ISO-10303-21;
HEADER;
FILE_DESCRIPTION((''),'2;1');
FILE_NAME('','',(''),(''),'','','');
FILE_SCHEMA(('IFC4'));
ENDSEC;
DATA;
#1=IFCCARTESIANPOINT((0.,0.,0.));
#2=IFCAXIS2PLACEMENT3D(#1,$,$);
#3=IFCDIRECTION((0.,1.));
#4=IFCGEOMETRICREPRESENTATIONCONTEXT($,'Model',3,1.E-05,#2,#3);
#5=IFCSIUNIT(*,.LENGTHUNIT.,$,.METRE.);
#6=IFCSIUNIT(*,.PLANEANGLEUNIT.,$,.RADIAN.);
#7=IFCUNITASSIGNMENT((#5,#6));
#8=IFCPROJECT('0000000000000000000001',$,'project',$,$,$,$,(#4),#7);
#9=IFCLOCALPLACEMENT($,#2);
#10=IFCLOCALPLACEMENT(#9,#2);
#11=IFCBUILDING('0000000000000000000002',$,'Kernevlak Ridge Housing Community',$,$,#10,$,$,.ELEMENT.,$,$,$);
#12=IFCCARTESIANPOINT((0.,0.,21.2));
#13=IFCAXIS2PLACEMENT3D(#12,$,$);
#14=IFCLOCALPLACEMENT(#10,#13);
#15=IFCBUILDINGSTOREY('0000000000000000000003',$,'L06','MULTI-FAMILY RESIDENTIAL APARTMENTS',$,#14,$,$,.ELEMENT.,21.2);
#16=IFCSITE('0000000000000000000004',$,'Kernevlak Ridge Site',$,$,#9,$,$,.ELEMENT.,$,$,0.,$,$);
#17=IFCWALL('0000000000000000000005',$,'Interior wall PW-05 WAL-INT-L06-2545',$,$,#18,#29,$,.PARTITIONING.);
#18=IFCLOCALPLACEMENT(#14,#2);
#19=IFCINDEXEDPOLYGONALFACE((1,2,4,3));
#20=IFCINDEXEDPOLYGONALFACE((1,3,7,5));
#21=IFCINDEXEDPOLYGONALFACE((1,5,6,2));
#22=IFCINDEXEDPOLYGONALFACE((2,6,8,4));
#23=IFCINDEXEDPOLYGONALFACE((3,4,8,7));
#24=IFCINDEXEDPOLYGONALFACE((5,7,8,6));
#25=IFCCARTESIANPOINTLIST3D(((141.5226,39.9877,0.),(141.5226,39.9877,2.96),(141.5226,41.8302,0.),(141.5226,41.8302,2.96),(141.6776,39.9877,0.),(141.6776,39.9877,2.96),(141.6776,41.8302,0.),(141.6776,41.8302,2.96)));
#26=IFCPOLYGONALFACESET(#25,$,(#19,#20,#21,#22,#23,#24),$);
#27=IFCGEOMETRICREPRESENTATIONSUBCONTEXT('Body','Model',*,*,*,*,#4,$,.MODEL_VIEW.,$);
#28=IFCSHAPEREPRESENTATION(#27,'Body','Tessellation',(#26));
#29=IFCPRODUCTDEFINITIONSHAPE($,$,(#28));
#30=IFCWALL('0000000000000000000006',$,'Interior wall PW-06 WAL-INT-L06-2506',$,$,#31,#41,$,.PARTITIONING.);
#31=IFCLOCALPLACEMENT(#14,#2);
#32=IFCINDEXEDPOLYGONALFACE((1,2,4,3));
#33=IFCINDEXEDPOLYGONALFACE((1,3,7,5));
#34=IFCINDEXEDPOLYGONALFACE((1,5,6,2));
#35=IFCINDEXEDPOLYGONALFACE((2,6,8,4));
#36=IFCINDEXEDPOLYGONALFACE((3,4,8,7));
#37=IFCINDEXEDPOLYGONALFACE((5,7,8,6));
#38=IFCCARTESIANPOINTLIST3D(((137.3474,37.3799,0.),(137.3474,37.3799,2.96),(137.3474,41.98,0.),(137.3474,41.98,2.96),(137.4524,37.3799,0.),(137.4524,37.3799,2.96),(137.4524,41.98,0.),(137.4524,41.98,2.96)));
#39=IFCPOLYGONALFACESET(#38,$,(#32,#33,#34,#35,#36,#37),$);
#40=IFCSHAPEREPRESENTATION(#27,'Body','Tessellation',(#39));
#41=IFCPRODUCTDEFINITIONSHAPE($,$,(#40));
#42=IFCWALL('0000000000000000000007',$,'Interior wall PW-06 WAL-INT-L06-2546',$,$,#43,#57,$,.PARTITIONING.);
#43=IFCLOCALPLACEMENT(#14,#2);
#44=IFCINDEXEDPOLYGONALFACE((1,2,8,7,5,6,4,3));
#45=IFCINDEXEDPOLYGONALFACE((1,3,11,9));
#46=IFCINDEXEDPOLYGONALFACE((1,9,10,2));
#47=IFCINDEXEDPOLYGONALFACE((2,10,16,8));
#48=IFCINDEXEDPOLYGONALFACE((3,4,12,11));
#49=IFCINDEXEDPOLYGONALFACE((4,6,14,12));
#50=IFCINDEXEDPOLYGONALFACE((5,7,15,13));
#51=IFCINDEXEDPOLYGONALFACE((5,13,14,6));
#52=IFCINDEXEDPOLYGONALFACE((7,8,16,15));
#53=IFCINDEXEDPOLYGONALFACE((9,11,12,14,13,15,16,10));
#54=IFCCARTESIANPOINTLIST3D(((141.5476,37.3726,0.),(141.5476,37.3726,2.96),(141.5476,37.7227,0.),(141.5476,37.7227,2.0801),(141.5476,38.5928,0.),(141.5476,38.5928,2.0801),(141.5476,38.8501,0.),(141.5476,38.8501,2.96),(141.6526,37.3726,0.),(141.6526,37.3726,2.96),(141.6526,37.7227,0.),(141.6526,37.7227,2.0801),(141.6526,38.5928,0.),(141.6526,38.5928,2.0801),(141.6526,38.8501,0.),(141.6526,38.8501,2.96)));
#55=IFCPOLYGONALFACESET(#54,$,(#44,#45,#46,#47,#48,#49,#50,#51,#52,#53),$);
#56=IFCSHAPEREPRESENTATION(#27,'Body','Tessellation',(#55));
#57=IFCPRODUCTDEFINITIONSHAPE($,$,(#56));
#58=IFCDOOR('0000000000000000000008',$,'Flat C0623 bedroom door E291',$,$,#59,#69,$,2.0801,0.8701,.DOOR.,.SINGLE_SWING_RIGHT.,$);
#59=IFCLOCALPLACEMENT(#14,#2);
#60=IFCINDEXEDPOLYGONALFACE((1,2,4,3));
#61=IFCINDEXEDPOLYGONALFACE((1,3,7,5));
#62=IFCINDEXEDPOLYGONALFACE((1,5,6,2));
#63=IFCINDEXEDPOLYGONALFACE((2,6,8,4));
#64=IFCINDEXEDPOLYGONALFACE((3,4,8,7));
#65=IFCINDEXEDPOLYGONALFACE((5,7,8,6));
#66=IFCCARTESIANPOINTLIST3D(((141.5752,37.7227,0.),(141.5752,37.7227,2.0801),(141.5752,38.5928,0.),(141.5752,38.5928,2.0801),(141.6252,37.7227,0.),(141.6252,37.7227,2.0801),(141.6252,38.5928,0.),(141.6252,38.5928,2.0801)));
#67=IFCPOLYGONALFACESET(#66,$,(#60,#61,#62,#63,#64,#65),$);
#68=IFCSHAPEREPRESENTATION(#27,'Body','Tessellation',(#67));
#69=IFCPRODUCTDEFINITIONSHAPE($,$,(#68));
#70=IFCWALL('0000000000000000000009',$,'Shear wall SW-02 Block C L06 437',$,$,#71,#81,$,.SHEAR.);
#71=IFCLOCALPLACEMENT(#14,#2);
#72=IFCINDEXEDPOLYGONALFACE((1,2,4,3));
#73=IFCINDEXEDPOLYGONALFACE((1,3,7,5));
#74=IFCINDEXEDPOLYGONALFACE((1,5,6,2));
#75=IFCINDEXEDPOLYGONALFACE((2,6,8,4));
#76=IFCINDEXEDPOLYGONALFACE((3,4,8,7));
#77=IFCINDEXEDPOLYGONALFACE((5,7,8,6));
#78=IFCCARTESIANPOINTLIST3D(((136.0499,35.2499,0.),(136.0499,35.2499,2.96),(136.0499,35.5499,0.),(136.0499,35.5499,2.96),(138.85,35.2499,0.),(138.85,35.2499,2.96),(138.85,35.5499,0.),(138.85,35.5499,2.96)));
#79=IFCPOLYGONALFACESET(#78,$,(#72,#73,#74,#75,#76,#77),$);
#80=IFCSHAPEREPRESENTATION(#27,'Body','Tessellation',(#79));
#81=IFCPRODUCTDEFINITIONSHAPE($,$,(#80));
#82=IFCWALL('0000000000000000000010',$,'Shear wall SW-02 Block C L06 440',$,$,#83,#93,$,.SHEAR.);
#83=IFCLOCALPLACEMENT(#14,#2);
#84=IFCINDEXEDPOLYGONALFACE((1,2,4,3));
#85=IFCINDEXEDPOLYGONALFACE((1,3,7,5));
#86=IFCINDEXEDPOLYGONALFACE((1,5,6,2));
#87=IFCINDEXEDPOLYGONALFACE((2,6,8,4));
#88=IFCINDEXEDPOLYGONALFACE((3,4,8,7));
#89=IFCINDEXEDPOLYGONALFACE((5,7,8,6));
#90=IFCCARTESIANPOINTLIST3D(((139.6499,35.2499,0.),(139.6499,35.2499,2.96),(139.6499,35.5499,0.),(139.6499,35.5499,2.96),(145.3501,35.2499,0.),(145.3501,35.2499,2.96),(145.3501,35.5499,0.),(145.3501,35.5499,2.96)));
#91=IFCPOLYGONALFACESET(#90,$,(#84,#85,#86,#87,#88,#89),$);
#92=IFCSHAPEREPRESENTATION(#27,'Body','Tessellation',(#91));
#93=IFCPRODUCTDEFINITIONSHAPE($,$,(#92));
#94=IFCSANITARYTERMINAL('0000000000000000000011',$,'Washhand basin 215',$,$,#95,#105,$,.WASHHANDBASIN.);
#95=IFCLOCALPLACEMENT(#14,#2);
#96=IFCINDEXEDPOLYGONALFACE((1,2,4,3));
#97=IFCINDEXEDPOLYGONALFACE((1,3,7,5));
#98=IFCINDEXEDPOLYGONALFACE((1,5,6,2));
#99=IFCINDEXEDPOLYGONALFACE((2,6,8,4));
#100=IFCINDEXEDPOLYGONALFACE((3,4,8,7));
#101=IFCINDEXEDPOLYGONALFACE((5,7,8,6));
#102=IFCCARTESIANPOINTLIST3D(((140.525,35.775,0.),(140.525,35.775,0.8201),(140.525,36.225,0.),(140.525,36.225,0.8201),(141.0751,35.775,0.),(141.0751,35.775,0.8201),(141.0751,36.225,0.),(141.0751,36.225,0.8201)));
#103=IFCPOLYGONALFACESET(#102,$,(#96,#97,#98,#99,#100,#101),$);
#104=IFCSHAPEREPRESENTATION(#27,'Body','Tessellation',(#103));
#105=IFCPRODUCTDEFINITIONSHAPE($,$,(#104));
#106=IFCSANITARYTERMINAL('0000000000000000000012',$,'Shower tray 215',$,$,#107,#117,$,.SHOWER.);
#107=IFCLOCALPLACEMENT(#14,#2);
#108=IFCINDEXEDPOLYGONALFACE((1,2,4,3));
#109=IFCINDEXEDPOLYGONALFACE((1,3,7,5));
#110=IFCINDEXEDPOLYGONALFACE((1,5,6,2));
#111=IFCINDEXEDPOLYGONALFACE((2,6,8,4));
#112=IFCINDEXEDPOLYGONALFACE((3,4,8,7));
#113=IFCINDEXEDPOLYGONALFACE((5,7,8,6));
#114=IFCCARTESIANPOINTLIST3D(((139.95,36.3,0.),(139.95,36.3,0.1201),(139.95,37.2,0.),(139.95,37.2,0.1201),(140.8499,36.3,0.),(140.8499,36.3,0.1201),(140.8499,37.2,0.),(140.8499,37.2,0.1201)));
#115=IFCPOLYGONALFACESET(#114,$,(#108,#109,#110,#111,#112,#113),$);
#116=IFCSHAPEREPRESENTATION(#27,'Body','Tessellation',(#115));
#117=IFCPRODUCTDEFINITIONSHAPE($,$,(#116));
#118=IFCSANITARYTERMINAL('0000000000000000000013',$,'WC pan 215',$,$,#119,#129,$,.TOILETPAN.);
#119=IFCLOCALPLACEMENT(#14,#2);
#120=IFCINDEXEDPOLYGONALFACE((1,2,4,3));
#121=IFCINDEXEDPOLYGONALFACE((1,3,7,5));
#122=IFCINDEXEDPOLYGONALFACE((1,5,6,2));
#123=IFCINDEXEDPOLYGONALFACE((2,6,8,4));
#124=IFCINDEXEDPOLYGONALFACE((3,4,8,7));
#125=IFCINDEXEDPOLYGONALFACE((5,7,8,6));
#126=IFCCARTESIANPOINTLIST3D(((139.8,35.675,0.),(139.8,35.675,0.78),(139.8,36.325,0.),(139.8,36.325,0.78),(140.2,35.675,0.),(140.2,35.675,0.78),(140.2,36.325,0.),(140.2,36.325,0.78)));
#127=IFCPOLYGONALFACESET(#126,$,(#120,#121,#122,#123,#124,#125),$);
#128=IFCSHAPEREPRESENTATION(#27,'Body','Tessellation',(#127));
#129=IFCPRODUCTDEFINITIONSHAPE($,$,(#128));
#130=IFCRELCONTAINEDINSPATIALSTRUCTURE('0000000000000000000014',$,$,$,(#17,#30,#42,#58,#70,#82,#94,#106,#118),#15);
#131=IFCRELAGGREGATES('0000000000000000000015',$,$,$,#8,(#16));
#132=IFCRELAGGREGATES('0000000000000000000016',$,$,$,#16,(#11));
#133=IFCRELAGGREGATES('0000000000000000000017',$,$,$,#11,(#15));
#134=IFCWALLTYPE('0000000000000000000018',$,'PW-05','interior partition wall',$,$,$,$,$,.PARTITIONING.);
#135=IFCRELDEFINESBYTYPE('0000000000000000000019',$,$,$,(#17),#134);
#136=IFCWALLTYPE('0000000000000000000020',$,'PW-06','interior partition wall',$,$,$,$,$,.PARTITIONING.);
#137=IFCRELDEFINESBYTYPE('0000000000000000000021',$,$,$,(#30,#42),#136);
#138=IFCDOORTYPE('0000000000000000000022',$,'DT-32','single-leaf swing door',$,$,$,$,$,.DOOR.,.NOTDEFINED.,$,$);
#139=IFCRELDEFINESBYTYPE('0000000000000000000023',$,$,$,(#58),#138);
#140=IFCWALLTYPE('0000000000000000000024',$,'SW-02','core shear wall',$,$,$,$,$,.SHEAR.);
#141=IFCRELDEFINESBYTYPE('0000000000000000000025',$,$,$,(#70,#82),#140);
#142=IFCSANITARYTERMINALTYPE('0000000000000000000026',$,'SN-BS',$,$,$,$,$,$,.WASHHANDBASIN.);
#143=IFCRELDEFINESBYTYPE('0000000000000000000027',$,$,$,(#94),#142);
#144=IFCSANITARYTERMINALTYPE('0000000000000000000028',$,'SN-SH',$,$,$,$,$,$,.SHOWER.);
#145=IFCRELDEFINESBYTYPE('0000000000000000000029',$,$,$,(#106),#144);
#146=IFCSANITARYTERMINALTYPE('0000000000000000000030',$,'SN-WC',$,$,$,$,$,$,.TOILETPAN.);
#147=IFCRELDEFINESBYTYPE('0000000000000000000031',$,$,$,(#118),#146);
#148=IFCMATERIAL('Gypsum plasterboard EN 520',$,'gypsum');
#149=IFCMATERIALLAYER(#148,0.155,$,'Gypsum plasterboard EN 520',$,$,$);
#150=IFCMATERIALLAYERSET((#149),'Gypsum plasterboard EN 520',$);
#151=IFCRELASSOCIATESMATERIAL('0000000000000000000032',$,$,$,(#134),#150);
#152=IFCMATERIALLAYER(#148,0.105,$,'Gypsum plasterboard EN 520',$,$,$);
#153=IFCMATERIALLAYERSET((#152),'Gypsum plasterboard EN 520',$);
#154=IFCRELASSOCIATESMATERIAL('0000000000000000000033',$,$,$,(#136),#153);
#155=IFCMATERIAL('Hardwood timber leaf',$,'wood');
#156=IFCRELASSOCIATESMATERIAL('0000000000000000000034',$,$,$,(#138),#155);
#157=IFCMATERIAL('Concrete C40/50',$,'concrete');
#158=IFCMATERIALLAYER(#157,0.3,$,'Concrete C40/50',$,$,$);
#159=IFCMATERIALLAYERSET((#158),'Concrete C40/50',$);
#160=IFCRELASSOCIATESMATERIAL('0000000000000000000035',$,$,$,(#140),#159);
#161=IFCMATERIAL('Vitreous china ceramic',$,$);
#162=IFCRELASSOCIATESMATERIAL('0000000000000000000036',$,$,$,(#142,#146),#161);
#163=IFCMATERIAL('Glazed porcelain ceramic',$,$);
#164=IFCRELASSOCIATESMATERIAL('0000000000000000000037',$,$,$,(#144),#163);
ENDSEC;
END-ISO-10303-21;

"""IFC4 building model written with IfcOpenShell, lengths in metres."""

from ifc_helpers import new_model, si_unit, direction, frame, frame_2d, origin, origin_2d, place, context, subcontext, project, spatial, rectangle, extrude, material, layer, layer_set, type_object, element, fill, save


model = new_model("IFC4")

# Units and contexts
model_context = context("Model", 3, precision=1e-05, world=origin(), true_north=direction((0.0, 1.0)))
body_context = subcontext(model_context, "Body", "Model", "MODEL_VIEW")
ifc_project = project(units=[si_unit("LENGTHUNIT", "METRE"), si_unit("PLANEANGLEUNIT", "RADIAN")], contexts=[model_context])

# Site, building, storey
site_placement = place(None, origin())
site = spatial("IfcSite", under=ifc_project, at=site_placement, Name="Kernevlak Ridge Site", CompositionType="ELEMENT", RefElevation=0.0)
building_placement = place(site_placement, origin())
building = spatial("IfcBuilding", under=site, at=building_placement, Name="Kernevlak Ridge Housing Community", CompositionType="ELEMENT")
storey_placement = place(building_placement, frame((0.0, 0.0, 21.2)))
storey = spatial("IfcBuildingStorey", under=building, at=storey_placement, Name="L06", Description="MULTI-FAMILY RESIDENTIAL APARTMENTS", CompositionType="ELEMENT", Elevation=21.2)

# Shared definitions
ifc_material_1 = material(Name="Hardwood timber leaf", Category="wood")

# Shared definitions
ifc_material_2 = material(Name="Gypsum plasterboard EN 520", Category="gypsum")

# Shared definitions
ifc_layer_1 = layer(ifc_material_2, 0.155, Name="Gypsum plasterboard EN 520")
ifc_layer_set_1 = layer_set([ifc_layer_1], Name="Gypsum plasterboard EN 520")
wall_type_1 = type_object("IfcWallType", Name="PW-05", Description="interior partition wall", PredefinedType="PARTITIONING", material=ifc_layer_set_1)

# Walls
wall_1_placement = place(storey_placement, frame((141.6001, 39.9875, 0.0), z_axis=(0.0, 0.0, 1.0), x_axis=(0.0, 1.0, 0.0)))
element("IfcWall", 1, at=wall_1_placement, inside=storey, type_object=wall_type_1, Name="Interior wall PW-05 WAL-INT-L06-2545", PredefinedType="PARTITIONING", context=body_context, shape_type="SweptSolid", body=[
    extrude(rectangle(XDim=1.8425, YDim=0.155, at=frame_2d((0.9214, 0.0))), origin(), (0.0, 0.0, 1.0), 2.96),
])
ifc_layer_2 = layer(ifc_material_2, 0.105, Name="Gypsum plasterboard EN 520")
ifc_layer_set_2 = layer_set([ifc_layer_2], Name="Gypsum plasterboard EN 520")
wall_type_2 = type_object("IfcWallType", Name="PW-06", Description="interior partition wall", PredefinedType="PARTITIONING", material=ifc_layer_set_2)
wall_2_placement = place(storey_placement, frame((137.3999, 37.3799, 0.0), z_axis=(0.0, 0.0, 1.0), x_axis=(0.0, 1.0, 0.0)))
element("IfcWall", 2, at=wall_2_placement, inside=storey, type_object=wall_type_2, Name="Interior wall PW-06 WAL-INT-L06-2506", PredefinedType="PARTITIONING", context=body_context, shape_type="SweptSolid", body=[
    extrude(rectangle(XDim=4.6001, YDim=0.105, at=frame_2d((2.3, 0.0))), origin(), (0.0, 0.0, 1.0), 2.96),
])

# Wall, opening, door
wall_3_placement = place(storey_placement, frame((141.6001, 37.3726, 0.0), z_axis=(0.0, 0.0, 1.0), x_axis=(0.0, 1.0, 0.0)))
wall_3 = element("IfcWall", 3, at=wall_3_placement, inside=storey, type_object=wall_type_2, Name="Interior wall PW-06 WAL-INT-L06-2546", PredefinedType="PARTITIONING", context=body_context, shape_type="SweptSolid", body=[
    extrude(rectangle(XDim=1.4775, YDim=0.105, at=frame_2d((0.7388, 0.0))), origin(), (0.0, 0.0, 1.0), 2.96),
])
opening_1_placement = place(wall_3_placement, frame((0.3501, 0.0, 0.0)))
opening_1 = element("IfcOpeningElement", 4, at=opening_1_placement, cuts=wall_3, PredefinedType="OPENING", context=body_context, shape_type="SweptSolid", body=[
    extrude(rectangle(XDim=0.8701, YDim=2.0801, at=frame_2d((0.4351, 1.04))), frame((0.0, 0.0625, 0.0), z_axis=(0.0, -1.0, 0.0), x_axis=(1.0, 0.0, 0.0)), (0.0, 0.0, 1.0), 0.125),
])
door_type_1 = type_object("IfcDoorType", Name="DT-32", Description="single-leaf swing door", OperationType="NOTDEFINED", PredefinedType="DOOR", material=ifc_material_1)
door_1_placement = place(opening_1_placement, origin())
door_1 = element("IfcDoor", 5, at=door_1_placement, inside=storey, type_object=door_type_1, Name="Flat C0623 bedroom door E291", OperationType="SINGLE_SWING_RIGHT", OverallHeight=2.0801, OverallWidth=0.8701, PredefinedType="DOOR", context=body_context, shape_type="SweptSolid", body=[
    extrude(rectangle(XDim=0.8701, YDim=2.0801, at=frame_2d((0.4351, 1.04))), frame((0.0, 0.0249, 0.0), z_axis=(0.0, -1.0, 0.0), x_axis=(1.0, 0.0, 0.0)), (0.0, 0.0, 1.0), 0.05),
])
fill(opening_1, door_1)

# Walls
ifc_material_3 = material(Name="Concrete C40/50", Category="concrete")
ifc_layer_3 = layer(ifc_material_3, 0.3, Name="Concrete C40/50")
ifc_layer_set_3 = layer_set([ifc_layer_3], Name="Concrete C40/50")
wall_type_3 = type_object("IfcWallType", Name="SW-02", Description="core shear wall", PredefinedType="SHEAR", material=ifc_layer_set_3)
wall_4_placement = place(storey_placement, frame((136.05, 35.3999, 0.0), z_axis=(0.0, 0.0, 1.0), x_axis=(1.0, 0.0, 0.0)))
element("IfcWall", 6, at=wall_4_placement, inside=storey, type_object=wall_type_3, Name="Shear wall SW-02 Block C L06 437", PredefinedType="SHEAR", context=body_context, shape_type="SweptSolid", body=[
    extrude(rectangle(XDim=2.8, YDim=0.3, at=frame_2d((1.3999, 0.0))), origin(), (0.0, 0.0, 1.0), 2.96),
])
wall_5_placement = place(storey_placement, frame((139.6499, 35.3999, 0.0), z_axis=(0.0, 0.0, 1.0), x_axis=(1.0, 0.0, 0.0)))
element("IfcWall", 7, at=wall_5_placement, inside=storey, type_object=wall_type_3, Name="Shear wall SW-02 Block C L06 440", PredefinedType="SHEAR", context=body_context, shape_type="SweptSolid", body=[
    extrude(rectangle(XDim=5.7002, YDim=0.3, at=frame_2d((2.8501, 0.0))), origin(), (0.0, 0.0, 1.0), 2.96),
])

# Sanitary terminals
ifc_material_4 = material(Name="Vitreous china ceramic")
sanitary_terminal_type_1 = type_object("IfcSanitaryTerminalType", Name="SN-BS", PredefinedType="WASHHANDBASIN", material=ifc_material_4)
sanitary_terminal_1_placement = place(storey_placement, frame((140.8, 36.0, 0.0), z_axis=(0.0, 0.0, 1.0), x_axis=(1.0, 0.0, 0.0)))
element("IfcSanitaryTerminal", 8, at=sanitary_terminal_1_placement, inside=storey, type_object=sanitary_terminal_type_1, Name="Washhand basin 215", PredefinedType="WASHHANDBASIN", context=body_context, shape_type="SweptSolid", body=[
    extrude(rectangle(XDim=0.55, YDim=0.45, at=origin_2d()), origin(), (0.0, 0.0, 1.0), 0.8201),
])
ifc_material_5 = material(Name="Glazed porcelain ceramic")
sanitary_terminal_type_2 = type_object("IfcSanitaryTerminalType", Name="SN-SH", PredefinedType="SHOWER", material=ifc_material_5)
sanitary_terminal_2_placement = place(storey_placement, frame((140.3999, 36.75, 0.0), z_axis=(0.0, 0.0, 1.0), x_axis=(1.0, 0.0, 0.0)))
element("IfcSanitaryTerminal", 9, at=sanitary_terminal_2_placement, inside=storey, type_object=sanitary_terminal_type_2, Name="Shower tray 215", PredefinedType="SHOWER", context=body_context, shape_type="SweptSolid", body=[
    extrude(rectangle(XDim=0.8999, YDim=0.8999, at=origin_2d()), origin(), (0.0, 0.0, 1.0), 0.1201),
])
sanitary_terminal_type_3 = type_object("IfcSanitaryTerminalType", Name="SN-WC", PredefinedType="TOILETPAN", material=ifc_material_4)
sanitary_terminal_3_placement = place(storey_placement, frame((140.0, 36.0, 0.0), z_axis=(0.0, 0.0, 1.0), x_axis=(1.0, 0.0, 0.0)))
element("IfcSanitaryTerminal", 10, at=sanitary_terminal_3_placement, inside=storey, type_object=sanitary_terminal_type_3, Name="WC pan 215", PredefinedType="TOILETPAN", context=body_context, shape_type="SweptSolid", body=[
    extrude(rectangle(XDim=0.3999, YDim=0.6499, at=origin_2d()), origin(), (0.0, 0.0, 1.0), 0.78),
])

save(model, "model.ifc")
